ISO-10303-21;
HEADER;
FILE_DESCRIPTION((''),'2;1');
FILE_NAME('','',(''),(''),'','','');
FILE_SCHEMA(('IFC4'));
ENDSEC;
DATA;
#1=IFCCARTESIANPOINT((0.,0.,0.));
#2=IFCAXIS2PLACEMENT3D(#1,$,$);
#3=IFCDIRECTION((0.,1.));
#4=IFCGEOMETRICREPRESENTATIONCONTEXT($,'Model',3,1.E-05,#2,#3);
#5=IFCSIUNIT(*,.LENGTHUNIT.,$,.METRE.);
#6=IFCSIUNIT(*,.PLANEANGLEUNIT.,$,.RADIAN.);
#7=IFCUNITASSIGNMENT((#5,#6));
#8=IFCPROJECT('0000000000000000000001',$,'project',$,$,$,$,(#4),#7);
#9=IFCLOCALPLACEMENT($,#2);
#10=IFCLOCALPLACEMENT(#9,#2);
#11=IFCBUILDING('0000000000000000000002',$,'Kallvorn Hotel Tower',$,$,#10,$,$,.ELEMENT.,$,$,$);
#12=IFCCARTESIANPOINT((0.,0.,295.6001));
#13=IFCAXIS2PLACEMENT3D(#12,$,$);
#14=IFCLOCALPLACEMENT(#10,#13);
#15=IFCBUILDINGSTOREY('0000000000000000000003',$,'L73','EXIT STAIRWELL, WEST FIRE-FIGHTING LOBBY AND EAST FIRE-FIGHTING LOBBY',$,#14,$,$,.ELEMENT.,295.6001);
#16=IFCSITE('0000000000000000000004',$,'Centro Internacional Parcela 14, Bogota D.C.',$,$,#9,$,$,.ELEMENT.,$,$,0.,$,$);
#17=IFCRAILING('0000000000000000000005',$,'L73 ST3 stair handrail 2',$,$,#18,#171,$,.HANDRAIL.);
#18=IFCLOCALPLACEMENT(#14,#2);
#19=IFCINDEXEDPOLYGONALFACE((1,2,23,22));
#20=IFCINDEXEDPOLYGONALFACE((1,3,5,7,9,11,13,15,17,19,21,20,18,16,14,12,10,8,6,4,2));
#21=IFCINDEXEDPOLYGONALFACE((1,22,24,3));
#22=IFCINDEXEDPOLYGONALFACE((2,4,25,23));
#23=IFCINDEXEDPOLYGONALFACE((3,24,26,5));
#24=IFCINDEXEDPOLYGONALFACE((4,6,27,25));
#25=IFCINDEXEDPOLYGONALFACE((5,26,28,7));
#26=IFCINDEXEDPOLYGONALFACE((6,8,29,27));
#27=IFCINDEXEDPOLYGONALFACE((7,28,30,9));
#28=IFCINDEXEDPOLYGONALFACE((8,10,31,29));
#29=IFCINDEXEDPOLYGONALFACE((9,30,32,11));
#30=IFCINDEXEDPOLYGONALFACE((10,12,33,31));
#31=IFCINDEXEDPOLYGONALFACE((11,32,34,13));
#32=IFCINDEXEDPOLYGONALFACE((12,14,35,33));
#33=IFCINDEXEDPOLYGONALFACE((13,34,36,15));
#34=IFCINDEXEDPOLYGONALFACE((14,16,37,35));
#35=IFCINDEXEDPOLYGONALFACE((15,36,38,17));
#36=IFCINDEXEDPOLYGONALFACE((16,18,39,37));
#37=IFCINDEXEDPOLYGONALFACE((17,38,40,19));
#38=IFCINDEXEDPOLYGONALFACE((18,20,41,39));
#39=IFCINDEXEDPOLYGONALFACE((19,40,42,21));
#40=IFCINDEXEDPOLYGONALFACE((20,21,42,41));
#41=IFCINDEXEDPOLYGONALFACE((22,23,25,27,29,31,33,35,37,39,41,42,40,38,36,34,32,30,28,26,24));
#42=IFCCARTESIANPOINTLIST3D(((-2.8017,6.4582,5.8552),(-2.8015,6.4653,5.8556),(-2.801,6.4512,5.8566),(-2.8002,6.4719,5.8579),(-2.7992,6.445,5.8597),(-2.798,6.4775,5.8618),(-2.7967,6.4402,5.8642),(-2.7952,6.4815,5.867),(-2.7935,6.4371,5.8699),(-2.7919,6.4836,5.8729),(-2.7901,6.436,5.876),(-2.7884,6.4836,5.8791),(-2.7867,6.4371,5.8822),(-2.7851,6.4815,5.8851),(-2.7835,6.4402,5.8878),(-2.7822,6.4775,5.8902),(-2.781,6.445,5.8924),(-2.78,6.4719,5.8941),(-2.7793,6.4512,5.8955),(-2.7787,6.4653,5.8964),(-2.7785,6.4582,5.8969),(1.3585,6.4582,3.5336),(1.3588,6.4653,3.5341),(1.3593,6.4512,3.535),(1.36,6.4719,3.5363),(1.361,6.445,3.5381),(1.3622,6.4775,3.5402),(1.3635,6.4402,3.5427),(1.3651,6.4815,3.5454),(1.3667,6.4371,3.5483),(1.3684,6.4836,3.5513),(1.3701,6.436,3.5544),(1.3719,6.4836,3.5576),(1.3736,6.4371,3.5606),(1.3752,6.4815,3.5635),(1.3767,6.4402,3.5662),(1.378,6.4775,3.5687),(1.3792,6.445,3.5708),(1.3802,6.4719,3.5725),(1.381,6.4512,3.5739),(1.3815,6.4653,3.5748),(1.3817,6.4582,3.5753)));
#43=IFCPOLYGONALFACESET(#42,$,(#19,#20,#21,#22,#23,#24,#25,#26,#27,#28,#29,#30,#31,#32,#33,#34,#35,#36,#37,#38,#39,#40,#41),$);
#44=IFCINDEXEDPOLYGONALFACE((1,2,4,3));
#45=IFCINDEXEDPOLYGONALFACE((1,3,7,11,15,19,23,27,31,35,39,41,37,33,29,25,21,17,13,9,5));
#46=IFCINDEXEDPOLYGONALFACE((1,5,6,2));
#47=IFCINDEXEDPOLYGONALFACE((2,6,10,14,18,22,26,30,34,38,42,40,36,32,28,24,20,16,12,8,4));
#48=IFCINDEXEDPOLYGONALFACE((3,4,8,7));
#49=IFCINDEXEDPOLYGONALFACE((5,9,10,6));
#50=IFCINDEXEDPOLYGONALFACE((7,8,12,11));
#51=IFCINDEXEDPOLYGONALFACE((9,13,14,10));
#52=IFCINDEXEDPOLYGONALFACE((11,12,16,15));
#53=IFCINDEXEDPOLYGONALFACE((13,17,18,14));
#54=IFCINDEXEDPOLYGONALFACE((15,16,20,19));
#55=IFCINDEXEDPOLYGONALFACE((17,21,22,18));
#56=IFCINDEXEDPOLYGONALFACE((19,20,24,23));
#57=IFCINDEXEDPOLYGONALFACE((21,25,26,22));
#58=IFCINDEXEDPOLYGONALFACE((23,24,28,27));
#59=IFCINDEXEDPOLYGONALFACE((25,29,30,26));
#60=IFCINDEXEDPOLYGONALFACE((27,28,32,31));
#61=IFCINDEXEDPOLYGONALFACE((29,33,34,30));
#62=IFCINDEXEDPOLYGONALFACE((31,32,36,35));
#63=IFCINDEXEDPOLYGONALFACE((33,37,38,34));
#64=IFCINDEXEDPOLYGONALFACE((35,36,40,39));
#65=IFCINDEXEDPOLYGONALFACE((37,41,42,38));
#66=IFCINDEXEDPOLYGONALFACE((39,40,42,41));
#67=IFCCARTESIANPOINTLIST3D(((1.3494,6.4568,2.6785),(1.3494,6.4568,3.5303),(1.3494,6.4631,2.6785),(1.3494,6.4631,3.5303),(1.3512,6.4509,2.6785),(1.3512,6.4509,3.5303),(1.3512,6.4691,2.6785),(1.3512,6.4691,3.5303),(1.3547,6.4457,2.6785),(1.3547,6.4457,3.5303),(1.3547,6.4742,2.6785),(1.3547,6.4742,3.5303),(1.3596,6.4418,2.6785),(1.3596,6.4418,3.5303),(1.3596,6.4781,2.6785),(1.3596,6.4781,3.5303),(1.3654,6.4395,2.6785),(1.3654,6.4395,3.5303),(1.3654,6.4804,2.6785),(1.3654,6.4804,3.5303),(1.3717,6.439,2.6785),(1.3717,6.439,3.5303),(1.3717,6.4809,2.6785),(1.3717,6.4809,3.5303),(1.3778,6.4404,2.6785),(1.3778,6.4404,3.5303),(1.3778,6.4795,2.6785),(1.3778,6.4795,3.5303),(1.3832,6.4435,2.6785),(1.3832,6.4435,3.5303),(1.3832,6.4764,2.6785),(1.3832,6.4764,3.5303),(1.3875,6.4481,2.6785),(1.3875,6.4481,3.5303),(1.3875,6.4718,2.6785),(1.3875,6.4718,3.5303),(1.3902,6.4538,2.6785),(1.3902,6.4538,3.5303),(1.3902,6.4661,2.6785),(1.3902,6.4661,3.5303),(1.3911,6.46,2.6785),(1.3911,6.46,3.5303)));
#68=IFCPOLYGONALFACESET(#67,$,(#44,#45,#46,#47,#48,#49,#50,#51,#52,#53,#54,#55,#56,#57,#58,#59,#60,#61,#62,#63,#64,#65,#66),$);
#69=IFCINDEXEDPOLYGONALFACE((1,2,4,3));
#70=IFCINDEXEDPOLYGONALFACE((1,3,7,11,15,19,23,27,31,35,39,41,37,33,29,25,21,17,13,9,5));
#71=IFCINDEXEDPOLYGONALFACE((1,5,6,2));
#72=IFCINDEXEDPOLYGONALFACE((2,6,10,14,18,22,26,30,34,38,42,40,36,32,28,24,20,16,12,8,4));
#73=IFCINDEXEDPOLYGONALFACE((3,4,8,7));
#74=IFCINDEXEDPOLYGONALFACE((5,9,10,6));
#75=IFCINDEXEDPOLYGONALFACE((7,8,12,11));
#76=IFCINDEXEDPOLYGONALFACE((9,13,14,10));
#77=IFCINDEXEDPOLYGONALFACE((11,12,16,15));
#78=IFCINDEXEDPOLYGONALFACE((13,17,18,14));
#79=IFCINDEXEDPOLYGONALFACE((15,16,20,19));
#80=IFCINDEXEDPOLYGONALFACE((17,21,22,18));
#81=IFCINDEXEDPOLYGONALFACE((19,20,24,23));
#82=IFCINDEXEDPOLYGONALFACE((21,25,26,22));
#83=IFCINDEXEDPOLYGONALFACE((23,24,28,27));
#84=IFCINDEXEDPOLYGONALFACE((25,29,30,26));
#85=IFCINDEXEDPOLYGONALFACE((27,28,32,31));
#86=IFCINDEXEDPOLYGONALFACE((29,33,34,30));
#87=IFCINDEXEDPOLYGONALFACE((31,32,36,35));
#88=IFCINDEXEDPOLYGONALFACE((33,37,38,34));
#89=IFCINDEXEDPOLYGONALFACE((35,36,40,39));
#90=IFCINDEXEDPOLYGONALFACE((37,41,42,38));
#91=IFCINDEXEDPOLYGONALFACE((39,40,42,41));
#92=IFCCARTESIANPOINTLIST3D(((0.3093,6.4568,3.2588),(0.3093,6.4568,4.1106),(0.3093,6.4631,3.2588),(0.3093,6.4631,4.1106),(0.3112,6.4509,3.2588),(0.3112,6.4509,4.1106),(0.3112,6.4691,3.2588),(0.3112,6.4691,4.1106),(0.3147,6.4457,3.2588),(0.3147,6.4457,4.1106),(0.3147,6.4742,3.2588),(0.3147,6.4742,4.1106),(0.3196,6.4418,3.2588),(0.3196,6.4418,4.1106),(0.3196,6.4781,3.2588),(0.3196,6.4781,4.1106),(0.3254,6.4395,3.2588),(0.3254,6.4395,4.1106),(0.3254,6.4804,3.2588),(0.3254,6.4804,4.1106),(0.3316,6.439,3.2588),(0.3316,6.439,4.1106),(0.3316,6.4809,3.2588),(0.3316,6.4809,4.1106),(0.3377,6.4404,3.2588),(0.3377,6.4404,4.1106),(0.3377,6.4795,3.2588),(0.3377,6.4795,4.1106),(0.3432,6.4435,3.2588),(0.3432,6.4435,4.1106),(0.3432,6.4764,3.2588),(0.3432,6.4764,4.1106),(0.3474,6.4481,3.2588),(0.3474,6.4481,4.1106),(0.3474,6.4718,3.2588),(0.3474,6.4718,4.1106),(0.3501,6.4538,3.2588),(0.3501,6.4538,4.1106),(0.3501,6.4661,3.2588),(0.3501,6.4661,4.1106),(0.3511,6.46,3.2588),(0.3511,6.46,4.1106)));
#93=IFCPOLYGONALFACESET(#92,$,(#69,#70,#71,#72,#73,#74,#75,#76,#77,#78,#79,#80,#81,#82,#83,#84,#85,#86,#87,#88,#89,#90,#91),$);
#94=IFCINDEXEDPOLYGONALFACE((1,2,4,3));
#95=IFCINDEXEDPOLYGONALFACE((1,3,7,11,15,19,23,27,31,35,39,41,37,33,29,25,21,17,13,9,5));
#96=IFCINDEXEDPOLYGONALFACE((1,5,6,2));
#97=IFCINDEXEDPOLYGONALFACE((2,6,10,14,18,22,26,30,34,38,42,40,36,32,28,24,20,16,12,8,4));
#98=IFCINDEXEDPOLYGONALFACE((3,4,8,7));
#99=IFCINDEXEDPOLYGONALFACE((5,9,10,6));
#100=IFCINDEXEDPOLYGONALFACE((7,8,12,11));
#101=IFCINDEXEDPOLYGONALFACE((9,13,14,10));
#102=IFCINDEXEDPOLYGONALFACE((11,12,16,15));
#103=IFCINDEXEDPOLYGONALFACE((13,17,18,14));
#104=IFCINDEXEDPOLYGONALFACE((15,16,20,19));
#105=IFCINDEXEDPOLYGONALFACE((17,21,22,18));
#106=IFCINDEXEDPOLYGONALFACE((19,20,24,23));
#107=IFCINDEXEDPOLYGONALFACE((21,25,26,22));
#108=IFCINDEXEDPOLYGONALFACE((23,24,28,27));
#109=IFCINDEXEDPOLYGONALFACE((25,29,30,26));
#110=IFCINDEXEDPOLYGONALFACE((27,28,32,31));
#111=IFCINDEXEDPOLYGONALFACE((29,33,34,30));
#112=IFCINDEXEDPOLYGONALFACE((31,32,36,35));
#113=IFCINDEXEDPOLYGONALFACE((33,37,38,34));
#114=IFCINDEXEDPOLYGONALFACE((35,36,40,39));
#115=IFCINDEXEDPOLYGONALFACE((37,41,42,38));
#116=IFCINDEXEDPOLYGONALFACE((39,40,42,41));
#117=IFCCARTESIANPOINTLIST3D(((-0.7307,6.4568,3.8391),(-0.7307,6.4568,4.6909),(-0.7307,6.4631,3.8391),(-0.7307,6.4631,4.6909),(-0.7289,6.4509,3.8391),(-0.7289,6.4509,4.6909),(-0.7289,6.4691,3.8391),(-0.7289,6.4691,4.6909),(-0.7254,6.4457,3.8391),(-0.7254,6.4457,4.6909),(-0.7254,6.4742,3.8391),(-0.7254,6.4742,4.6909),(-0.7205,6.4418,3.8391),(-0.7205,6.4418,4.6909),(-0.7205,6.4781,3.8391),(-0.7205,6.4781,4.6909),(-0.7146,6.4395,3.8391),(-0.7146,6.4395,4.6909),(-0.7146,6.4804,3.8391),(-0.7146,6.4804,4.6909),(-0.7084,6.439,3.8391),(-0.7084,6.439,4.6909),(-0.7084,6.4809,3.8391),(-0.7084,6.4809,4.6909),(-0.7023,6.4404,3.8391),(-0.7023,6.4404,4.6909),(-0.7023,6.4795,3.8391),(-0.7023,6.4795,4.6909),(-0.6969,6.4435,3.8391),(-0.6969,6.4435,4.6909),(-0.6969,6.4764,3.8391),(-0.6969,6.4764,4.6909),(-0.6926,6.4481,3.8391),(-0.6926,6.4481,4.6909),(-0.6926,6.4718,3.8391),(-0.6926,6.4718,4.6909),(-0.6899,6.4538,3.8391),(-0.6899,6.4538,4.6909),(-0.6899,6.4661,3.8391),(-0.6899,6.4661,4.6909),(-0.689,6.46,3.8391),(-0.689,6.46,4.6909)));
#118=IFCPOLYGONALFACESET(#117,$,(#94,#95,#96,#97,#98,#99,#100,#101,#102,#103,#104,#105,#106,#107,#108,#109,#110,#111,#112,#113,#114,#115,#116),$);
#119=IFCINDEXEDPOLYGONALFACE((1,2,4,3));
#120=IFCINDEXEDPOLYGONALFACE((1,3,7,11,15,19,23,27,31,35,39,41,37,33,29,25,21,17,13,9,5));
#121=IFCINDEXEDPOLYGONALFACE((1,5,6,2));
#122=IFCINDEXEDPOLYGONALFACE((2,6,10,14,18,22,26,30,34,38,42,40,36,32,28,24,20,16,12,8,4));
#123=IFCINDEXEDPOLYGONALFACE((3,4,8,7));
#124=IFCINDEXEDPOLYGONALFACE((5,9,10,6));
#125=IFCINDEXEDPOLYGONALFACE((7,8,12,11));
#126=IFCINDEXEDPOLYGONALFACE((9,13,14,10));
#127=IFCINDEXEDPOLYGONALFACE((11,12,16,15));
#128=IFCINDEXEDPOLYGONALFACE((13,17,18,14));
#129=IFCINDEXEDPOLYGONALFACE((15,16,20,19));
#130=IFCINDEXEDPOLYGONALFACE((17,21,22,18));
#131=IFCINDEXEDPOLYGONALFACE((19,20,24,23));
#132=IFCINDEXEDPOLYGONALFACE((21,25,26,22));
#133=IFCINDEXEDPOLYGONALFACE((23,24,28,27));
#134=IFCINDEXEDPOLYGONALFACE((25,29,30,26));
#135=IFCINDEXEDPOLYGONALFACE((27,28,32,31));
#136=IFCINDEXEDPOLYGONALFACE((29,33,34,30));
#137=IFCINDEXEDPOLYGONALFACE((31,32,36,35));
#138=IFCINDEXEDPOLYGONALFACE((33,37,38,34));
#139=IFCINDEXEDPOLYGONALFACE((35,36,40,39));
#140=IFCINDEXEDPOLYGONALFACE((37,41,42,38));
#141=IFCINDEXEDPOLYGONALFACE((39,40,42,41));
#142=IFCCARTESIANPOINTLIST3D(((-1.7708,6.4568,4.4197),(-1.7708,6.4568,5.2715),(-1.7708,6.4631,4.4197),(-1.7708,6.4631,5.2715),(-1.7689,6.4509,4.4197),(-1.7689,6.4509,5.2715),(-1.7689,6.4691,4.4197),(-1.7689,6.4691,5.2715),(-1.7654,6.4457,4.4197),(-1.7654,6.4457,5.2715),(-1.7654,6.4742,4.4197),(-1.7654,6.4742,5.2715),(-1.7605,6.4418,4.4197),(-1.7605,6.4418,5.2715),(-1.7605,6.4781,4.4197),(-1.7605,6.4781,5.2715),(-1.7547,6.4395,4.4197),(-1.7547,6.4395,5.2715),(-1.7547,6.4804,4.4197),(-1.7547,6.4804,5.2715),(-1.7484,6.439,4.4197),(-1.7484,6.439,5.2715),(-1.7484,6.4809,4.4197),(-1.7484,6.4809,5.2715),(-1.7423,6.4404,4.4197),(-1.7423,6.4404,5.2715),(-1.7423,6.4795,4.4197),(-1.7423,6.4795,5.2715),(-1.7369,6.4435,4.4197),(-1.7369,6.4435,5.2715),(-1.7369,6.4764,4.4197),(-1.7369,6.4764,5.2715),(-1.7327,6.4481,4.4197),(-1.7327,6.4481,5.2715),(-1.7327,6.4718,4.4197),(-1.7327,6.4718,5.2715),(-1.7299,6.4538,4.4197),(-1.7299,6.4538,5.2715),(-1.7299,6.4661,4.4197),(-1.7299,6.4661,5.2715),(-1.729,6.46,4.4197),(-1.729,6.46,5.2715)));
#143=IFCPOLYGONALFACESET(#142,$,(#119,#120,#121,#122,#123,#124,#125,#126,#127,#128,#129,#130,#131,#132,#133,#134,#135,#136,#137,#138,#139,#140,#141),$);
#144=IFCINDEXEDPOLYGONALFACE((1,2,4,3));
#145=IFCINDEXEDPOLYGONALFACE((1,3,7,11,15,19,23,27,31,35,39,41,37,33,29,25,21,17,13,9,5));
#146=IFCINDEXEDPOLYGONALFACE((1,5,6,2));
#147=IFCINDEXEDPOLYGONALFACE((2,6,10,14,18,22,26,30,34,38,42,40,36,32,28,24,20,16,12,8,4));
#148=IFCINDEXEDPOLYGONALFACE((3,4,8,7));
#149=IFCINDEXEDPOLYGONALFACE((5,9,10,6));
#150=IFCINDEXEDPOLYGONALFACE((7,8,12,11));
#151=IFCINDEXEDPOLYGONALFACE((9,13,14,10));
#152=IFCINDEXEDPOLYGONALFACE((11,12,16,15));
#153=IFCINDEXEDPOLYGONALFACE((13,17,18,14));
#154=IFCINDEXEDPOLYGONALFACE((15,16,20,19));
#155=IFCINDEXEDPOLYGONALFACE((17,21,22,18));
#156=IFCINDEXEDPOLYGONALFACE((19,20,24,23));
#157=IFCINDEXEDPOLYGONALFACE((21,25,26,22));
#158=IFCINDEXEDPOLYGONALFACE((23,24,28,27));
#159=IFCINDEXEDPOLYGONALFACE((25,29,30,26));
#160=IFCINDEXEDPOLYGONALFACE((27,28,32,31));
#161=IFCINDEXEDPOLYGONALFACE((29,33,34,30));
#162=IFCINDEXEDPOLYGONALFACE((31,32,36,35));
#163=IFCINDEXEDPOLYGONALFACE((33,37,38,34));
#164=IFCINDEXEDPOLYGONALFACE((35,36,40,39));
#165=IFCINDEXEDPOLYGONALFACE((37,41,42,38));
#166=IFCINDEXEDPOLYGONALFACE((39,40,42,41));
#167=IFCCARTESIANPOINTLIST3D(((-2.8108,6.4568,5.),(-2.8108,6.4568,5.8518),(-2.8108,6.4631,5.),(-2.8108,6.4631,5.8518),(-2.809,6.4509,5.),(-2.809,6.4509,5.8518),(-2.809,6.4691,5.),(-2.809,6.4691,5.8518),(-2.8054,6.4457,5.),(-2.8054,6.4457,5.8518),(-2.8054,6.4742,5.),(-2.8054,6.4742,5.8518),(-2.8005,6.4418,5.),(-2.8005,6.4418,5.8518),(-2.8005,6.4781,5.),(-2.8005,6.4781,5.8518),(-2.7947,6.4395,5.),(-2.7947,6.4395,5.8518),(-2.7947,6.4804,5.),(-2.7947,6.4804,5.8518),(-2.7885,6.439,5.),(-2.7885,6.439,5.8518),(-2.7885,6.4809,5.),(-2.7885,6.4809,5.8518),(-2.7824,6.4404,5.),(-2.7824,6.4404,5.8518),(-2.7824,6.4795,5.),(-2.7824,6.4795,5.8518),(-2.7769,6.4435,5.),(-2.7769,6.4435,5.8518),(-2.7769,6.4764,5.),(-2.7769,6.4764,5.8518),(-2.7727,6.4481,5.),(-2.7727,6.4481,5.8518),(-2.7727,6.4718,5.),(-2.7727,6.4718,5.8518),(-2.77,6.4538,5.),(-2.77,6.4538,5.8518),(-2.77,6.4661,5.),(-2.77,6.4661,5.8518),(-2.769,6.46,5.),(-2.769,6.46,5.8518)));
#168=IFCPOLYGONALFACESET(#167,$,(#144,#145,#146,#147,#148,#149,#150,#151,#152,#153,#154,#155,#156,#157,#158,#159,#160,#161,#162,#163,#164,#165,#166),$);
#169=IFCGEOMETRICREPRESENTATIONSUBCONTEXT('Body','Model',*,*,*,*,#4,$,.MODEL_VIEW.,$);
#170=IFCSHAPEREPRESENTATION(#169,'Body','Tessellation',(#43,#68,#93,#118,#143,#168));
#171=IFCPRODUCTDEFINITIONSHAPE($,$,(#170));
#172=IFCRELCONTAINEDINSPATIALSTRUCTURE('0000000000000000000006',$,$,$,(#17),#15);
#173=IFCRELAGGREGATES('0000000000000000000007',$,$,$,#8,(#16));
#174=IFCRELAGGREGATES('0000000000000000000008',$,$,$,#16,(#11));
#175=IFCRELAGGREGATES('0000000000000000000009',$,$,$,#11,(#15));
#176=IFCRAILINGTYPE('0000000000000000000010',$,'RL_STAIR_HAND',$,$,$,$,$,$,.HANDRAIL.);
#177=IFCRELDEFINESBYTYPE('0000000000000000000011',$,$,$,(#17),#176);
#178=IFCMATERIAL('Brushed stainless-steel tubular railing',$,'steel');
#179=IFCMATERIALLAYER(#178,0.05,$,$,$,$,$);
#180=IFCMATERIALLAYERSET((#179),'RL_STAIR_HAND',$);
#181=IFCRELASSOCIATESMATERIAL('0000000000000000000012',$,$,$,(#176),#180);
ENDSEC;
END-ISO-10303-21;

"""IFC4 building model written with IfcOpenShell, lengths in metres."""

from ifc_helpers import new_model, si_unit, direction, frame, origin, origin_2d, place, context, subcontext, project, spatial, circle, extrude, material, layer, layer_set, type_object, element, save


model = new_model("IFC4")

# Units and contexts
model_context = context("Model", 3, precision=1e-05, world=origin(), true_north=direction((0.0, 1.0)))
body_context = subcontext(model_context, "Body", "Model", "MODEL_VIEW")
ifc_project = project(units=[si_unit("LENGTHUNIT", "METRE"), si_unit("PLANEANGLEUNIT", "RADIAN")], contexts=[model_context])

# Site, building, storey
site_placement = place(None, origin())
site = spatial("IfcSite", under=ifc_project, at=site_placement, Name="Centro Internacional Parcela 14, Bogota D.C.", CompositionType="ELEMENT", RefElevation=0.0)
building_placement = place(site_placement, origin())
building = spatial("IfcBuilding", under=site, at=building_placement, Name="Kallvorn Hotel Tower", CompositionType="ELEMENT")
storey_placement = place(building_placement, frame((0.0, 0.0, 295.6001)))
storey = spatial("IfcBuildingStorey", under=building, at=storey_placement, Name="L73", Description="EXIT STAIRWELL, WEST FIRE-FIGHTING LOBBY AND EAST FIRE-FIGHTING LOBBY", CompositionType="ELEMENT", Elevation=295.6001)

# Railing
ifc_material_1 = material(Name="Brushed stainless-steel tubular railing", Category="steel")
ifc_layer_1 = layer(ifc_material_1, 0.05)
ifc_layer_set_1 = layer_set([ifc_layer_1], Name="RL_STAIR_HAND")
railing_type = type_object("IfcRailingType", Name="RL_STAIR_HAND", PredefinedType="HANDRAIL", material=ifc_layer_set_1)
railing_placement = place(storey_placement, frame((1.3701, 6.46, 2.6785)))
element("IfcRailing", 1, at=railing_placement, inside=storey, type_object=railing_type, Name="L73 ST3 stair handrail 2", PredefinedType="HANDRAIL", context=body_context, shape_type="SweptSolid", body=[
    extrude(circle(Radius=0.0239, at=origin_2d()), frame((0.0, 0.0, 0.876), z_axis=(-0.873235, 0.0, 0.4873), x_axis=(0.0, -1.0, 0.0)), (0.0, 0.0, 1.0), 4.7642),
    extrude(circle(Radius=0.021, at=origin_2d()), origin(), (0.0, 0.0, 1.0), 0.8518),
    extrude(circle(Radius=0.021, at=origin_2d()), frame((-1.04, 0.0, 0.5803)), (0.0, 0.0, 1.0), 0.8518),
    extrude(circle(Radius=0.021, at=origin_2d()), frame((-2.0801, 0.0, 1.1606)), (0.0, 0.0, 1.0), 0.8518),
    extrude(circle(Radius=0.021, at=origin_2d()), frame((-3.1201, 0.0, 1.7412)), (0.0, 0.0, 1.0), 0.8518),
    extrude(circle(Radius=0.021, at=origin_2d()), frame((-4.1602, 0.0, 2.3215)), (0.0, 0.0, 1.0), 0.8518),
])

save(model, "model.ifc")
